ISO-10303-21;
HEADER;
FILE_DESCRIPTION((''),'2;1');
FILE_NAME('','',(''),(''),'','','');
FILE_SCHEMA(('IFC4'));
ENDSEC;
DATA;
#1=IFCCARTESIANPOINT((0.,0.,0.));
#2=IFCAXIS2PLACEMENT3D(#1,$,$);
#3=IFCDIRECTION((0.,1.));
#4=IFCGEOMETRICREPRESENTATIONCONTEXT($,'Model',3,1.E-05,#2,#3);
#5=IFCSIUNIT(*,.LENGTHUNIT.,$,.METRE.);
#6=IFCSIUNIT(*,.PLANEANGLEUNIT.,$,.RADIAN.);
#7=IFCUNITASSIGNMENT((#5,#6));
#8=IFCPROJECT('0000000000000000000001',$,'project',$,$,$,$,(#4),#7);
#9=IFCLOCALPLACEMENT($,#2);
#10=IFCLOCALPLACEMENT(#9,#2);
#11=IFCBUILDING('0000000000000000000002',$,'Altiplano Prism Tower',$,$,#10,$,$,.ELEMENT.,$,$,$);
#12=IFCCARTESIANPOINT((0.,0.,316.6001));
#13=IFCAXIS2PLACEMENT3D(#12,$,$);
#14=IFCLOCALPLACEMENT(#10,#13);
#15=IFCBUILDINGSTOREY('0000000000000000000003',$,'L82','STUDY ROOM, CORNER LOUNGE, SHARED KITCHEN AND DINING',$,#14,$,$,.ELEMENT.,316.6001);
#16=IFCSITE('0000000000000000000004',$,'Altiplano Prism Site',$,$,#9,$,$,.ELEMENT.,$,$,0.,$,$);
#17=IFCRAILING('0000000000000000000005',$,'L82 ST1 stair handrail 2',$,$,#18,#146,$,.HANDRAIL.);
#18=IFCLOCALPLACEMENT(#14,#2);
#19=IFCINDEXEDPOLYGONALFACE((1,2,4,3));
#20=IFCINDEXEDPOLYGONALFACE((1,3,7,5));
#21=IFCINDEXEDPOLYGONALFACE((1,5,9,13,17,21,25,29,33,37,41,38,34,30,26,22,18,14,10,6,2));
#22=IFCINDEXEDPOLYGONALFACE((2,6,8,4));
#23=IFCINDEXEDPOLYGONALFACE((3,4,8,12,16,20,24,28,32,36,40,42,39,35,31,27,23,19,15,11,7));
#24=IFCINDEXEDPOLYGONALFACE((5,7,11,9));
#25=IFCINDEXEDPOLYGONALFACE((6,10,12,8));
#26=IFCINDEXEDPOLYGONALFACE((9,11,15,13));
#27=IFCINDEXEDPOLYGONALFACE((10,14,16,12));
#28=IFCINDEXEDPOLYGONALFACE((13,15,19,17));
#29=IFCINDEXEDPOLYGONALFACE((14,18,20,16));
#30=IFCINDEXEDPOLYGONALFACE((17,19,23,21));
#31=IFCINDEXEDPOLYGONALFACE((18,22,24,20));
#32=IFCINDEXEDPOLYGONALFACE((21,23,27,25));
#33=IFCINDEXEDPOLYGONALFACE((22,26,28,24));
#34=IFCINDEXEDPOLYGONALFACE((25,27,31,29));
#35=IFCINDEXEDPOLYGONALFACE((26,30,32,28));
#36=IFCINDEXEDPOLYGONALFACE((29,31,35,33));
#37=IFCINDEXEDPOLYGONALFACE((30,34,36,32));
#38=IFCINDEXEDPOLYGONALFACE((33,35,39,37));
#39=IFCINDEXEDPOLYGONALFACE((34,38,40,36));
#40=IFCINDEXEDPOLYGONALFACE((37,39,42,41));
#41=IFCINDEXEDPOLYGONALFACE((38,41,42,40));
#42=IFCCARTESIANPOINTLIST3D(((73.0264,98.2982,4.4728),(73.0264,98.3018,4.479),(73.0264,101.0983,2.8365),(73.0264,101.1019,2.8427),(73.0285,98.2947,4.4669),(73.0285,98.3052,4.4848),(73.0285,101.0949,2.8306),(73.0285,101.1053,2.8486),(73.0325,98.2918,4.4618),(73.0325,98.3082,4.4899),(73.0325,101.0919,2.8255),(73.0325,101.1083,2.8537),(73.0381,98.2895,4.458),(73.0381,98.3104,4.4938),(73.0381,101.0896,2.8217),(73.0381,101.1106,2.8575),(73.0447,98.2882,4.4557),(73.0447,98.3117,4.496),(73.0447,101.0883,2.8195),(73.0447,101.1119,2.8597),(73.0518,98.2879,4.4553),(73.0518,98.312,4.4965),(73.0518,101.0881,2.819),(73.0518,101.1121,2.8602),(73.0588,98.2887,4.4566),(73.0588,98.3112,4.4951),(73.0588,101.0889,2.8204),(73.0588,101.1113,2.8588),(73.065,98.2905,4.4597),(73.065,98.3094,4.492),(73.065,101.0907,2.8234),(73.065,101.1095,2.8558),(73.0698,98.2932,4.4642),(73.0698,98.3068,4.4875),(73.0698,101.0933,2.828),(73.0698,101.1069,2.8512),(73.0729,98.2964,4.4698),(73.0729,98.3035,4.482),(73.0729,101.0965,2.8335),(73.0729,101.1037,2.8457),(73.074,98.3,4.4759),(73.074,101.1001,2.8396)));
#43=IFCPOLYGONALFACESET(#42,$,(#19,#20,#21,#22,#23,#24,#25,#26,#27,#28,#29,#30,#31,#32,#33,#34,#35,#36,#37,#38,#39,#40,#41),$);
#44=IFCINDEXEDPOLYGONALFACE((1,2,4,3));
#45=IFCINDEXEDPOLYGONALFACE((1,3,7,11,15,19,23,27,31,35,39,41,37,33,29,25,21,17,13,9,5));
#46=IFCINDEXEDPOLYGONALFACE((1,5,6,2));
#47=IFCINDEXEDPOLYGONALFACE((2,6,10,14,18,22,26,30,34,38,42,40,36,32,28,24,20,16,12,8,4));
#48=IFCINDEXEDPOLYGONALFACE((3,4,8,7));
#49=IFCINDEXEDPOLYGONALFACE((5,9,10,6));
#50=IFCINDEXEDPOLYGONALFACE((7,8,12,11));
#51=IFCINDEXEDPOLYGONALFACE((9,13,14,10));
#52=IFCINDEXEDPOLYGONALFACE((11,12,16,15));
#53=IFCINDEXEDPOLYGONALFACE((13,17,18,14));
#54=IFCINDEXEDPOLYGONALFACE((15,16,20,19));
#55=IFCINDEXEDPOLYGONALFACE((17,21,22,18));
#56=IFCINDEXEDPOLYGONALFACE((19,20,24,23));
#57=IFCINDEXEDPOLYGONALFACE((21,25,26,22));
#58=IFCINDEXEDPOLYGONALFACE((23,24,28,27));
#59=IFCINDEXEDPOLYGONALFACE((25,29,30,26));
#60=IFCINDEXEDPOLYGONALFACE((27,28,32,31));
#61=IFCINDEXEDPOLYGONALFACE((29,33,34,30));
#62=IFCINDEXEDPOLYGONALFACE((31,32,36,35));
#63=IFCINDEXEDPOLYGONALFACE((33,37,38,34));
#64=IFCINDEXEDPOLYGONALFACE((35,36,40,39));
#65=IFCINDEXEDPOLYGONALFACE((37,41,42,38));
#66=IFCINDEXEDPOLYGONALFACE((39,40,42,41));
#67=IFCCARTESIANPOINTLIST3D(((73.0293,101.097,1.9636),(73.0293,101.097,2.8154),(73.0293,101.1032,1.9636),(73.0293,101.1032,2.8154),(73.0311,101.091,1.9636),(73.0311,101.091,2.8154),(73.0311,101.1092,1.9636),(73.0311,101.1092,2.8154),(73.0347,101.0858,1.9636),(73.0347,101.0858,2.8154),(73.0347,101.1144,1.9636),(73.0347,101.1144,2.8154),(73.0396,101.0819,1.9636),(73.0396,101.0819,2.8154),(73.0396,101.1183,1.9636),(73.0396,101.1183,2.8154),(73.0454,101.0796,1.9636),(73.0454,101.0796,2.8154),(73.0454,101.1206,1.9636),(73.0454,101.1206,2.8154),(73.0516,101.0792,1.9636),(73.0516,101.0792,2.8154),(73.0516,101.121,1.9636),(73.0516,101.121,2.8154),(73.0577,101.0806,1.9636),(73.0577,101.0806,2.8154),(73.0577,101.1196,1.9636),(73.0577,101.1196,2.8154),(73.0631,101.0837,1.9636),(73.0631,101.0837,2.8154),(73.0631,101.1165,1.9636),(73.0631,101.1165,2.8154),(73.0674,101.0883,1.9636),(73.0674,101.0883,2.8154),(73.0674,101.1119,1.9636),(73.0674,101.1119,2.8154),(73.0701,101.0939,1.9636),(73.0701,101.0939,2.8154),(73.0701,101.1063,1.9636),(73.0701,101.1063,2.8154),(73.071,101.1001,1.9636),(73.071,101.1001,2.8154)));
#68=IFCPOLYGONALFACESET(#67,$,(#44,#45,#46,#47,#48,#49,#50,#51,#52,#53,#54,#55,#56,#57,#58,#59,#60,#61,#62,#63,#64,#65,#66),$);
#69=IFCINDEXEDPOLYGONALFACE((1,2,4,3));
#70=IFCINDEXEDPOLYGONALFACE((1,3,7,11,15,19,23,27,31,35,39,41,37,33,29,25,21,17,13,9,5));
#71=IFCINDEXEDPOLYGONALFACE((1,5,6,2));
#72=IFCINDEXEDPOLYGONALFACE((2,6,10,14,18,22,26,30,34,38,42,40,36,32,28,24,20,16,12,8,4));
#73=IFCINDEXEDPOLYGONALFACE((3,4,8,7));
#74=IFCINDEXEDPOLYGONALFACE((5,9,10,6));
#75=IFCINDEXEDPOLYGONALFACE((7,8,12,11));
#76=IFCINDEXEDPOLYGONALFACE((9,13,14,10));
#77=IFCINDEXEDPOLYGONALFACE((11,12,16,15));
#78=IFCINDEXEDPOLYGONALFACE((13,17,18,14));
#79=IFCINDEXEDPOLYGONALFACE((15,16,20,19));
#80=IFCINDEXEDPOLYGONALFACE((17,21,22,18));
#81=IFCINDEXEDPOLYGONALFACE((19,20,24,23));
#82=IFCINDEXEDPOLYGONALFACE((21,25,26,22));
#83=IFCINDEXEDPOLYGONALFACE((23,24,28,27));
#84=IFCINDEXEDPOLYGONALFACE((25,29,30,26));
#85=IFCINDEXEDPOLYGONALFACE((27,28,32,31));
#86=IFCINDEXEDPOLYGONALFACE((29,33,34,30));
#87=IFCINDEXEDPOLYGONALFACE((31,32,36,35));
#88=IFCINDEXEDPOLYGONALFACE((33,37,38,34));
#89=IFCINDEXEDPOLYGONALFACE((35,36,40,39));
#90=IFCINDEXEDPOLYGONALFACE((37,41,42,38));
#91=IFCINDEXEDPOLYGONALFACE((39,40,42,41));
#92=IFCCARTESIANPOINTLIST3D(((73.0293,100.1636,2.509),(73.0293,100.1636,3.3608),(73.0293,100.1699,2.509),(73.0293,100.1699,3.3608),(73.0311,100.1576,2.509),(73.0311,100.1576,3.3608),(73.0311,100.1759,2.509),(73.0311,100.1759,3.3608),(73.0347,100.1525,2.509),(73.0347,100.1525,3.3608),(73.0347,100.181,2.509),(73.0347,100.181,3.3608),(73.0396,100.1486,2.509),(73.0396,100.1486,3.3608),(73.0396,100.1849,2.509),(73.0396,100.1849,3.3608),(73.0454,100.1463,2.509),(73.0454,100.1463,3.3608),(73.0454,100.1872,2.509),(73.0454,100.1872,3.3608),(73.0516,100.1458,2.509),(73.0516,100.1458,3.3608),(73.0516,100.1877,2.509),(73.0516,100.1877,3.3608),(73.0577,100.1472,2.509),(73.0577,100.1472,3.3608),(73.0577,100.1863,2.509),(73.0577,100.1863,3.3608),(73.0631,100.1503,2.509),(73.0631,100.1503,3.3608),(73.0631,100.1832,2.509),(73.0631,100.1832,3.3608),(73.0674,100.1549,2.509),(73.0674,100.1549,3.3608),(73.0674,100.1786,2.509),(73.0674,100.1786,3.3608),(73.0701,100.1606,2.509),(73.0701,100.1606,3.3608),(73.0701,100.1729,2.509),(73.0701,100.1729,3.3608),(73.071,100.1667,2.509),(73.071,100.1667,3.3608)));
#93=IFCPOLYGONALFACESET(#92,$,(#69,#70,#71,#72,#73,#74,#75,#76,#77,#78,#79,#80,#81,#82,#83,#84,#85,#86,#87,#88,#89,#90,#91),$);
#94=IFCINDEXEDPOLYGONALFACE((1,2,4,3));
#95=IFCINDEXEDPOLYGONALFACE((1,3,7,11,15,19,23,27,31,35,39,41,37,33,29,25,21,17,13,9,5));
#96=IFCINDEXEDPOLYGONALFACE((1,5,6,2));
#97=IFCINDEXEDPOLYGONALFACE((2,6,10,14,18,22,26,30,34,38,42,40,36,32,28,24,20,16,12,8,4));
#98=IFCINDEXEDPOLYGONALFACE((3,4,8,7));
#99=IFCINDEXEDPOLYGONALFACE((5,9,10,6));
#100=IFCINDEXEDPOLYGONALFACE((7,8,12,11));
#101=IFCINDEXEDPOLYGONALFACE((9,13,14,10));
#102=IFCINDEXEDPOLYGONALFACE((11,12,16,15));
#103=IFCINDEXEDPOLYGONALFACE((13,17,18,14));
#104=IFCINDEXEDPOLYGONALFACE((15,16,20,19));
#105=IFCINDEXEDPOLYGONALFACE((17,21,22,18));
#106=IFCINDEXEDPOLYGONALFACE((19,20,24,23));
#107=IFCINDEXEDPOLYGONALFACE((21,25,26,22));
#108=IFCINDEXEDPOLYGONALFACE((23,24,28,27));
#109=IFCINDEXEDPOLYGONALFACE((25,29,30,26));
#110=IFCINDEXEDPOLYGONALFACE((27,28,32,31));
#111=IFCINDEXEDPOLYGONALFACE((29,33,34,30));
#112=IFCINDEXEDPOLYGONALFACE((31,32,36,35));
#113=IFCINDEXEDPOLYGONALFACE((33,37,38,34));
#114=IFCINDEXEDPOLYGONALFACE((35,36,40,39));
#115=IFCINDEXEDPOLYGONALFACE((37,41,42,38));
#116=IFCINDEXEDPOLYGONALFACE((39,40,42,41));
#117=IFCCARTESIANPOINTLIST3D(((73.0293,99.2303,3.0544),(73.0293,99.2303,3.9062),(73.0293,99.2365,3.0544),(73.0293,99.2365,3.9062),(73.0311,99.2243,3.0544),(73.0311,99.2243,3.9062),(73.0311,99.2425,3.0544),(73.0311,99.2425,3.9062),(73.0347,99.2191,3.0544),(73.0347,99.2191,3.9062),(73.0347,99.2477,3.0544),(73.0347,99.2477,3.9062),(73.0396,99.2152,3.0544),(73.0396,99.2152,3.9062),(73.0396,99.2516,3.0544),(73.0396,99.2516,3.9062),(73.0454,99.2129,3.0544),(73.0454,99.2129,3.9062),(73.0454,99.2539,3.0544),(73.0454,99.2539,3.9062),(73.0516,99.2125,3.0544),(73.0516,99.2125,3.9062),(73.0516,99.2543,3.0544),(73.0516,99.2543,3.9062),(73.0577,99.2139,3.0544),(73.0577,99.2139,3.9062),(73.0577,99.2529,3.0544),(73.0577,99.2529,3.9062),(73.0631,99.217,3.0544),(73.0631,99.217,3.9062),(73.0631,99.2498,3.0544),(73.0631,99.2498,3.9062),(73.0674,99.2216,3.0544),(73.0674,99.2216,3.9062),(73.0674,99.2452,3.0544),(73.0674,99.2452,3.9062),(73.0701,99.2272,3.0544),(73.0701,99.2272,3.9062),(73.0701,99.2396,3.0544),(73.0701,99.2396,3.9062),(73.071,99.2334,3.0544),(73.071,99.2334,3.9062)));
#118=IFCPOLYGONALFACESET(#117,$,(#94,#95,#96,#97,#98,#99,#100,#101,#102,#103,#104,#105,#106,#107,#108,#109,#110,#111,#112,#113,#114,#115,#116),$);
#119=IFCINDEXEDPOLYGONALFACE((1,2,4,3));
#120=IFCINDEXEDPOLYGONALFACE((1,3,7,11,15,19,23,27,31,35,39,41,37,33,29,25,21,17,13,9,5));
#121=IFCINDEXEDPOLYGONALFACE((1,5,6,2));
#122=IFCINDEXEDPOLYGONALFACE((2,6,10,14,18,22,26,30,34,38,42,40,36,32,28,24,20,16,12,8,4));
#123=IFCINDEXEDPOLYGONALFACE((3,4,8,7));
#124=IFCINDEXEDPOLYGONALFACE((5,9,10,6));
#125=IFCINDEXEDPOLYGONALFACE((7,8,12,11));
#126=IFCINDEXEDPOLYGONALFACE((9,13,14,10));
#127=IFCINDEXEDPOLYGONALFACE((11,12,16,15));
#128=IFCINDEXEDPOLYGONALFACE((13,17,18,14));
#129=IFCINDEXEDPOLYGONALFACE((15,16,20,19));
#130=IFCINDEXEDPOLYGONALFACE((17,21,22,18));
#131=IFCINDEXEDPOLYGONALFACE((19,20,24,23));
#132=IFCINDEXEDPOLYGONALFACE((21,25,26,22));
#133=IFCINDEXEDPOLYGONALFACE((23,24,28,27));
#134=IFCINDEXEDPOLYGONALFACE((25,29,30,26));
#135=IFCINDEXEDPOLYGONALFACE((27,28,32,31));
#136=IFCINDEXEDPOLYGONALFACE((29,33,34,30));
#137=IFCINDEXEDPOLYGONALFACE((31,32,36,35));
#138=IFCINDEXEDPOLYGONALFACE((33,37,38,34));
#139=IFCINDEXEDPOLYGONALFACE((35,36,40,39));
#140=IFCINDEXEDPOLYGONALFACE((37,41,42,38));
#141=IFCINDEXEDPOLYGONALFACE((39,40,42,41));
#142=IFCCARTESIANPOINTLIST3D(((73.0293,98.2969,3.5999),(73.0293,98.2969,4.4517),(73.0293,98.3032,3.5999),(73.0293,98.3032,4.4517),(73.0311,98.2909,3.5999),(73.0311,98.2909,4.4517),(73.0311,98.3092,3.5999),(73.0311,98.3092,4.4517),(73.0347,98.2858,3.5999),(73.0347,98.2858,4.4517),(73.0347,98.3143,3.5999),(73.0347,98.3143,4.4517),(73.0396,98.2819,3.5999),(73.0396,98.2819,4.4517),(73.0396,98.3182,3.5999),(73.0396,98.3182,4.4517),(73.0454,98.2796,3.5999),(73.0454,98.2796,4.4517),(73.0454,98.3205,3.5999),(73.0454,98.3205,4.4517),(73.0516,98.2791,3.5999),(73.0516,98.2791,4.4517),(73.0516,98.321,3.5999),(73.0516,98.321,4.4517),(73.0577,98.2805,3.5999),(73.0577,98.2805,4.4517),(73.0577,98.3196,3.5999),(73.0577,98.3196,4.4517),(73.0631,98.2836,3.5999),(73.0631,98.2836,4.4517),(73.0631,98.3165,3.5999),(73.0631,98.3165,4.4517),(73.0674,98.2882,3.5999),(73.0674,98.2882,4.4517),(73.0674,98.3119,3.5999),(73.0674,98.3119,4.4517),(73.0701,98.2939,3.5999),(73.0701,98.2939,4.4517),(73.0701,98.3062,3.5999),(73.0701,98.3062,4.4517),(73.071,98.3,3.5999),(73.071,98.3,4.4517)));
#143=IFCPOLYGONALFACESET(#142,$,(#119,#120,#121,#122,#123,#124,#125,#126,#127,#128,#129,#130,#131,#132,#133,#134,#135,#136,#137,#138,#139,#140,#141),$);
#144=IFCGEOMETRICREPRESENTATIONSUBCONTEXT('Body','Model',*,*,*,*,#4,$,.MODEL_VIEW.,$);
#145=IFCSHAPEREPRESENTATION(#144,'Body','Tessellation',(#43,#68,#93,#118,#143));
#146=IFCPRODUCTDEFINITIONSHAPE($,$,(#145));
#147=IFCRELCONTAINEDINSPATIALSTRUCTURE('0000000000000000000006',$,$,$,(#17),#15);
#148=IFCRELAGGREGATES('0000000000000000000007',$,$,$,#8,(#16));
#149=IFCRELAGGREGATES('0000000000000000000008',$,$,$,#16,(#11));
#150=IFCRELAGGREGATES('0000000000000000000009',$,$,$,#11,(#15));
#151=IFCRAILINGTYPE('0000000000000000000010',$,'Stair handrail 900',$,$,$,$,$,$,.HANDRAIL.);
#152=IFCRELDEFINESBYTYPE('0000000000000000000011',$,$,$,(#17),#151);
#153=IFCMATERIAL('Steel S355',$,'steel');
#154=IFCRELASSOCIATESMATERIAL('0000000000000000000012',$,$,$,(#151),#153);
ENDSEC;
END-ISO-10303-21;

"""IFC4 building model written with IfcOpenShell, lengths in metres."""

from ifc_helpers import new_model, si_unit, direction, frame, origin, origin_2d, place, context, subcontext, project, spatial, circle, extrude, material, type_object, element, save


model = new_model("IFC4")

# Units and contexts
model_context = context("Model", 3, precision=1e-05, world=origin(), true_north=direction((0.0, 1.0)))
body_context = subcontext(model_context, "Body", "Model", "MODEL_VIEW")
ifc_project = project(units=[si_unit("LENGTHUNIT", "METRE"), si_unit("PLANEANGLEUNIT", "RADIAN")], contexts=[model_context])

# Site, building, storey
site_placement = place(None, origin())
site = spatial("IfcSite", under=ifc_project, at=site_placement, Name="Altiplano Prism Site", CompositionType="ELEMENT", RefElevation=0.0)
building_placement = place(site_placement, origin())
building = spatial("IfcBuilding", under=site, at=building_placement, Name="Altiplano Prism Tower", CompositionType="ELEMENT")
storey_placement = place(building_placement, frame((0.0, 0.0, 316.6001)))
storey = spatial("IfcBuildingStorey", under=building, at=storey_placement, Name="L82", Description="STUDY ROOM, CORNER LOUNGE, SHARED KITCHEN AND DINING", CompositionType="ELEMENT", Elevation=316.6001)

# Railing
ifc_material_1 = material(Name="Steel S355", Category="steel")
railing_type_1 = type_object("IfcRailingType", Name="Stair handrail 900", PredefinedType="HANDRAIL", material=ifc_material_1)
railing_1_placement = place(storey_placement, frame((73.05, 101.1001, 1.9636)))
element("IfcRailing", 1, at=railing_1_placement, inside=storey, type_object=railing_type_1, Name="L82 ST1 stair handrail 2", PredefinedType="HANDRAIL", context=body_context, shape_type="SweptSolid", body=[
    extrude(circle(Radius=0.0239, at=origin_2d()), frame((0.0, 0.0, 0.876), z_axis=(0.0, -0.863394, 0.504531), x_axis=(1.0, 0.0, 0.0)), (0.0, 0.0, 1.0), 3.2432),
    extrude(circle(Radius=0.021, at=origin_2d()), origin(), (0.0, 0.0, 1.0), 0.8518),
    extrude(circle(Radius=0.021, at=origin_2d()), frame((0.0, -0.9333, 0.5454)), (0.0, 0.0, 1.0), 0.8518),
    extrude(circle(Radius=0.021, at=origin_2d()), frame((0.0, -1.8667, 1.0908)), (0.0, 0.0, 1.0), 0.8518),
    extrude(circle(Radius=0.021, at=origin_2d()), frame((0.0, -2.8, 1.6362)), (0.0, 0.0, 1.0), 0.8518),
])

save(model, "model.ifc")
